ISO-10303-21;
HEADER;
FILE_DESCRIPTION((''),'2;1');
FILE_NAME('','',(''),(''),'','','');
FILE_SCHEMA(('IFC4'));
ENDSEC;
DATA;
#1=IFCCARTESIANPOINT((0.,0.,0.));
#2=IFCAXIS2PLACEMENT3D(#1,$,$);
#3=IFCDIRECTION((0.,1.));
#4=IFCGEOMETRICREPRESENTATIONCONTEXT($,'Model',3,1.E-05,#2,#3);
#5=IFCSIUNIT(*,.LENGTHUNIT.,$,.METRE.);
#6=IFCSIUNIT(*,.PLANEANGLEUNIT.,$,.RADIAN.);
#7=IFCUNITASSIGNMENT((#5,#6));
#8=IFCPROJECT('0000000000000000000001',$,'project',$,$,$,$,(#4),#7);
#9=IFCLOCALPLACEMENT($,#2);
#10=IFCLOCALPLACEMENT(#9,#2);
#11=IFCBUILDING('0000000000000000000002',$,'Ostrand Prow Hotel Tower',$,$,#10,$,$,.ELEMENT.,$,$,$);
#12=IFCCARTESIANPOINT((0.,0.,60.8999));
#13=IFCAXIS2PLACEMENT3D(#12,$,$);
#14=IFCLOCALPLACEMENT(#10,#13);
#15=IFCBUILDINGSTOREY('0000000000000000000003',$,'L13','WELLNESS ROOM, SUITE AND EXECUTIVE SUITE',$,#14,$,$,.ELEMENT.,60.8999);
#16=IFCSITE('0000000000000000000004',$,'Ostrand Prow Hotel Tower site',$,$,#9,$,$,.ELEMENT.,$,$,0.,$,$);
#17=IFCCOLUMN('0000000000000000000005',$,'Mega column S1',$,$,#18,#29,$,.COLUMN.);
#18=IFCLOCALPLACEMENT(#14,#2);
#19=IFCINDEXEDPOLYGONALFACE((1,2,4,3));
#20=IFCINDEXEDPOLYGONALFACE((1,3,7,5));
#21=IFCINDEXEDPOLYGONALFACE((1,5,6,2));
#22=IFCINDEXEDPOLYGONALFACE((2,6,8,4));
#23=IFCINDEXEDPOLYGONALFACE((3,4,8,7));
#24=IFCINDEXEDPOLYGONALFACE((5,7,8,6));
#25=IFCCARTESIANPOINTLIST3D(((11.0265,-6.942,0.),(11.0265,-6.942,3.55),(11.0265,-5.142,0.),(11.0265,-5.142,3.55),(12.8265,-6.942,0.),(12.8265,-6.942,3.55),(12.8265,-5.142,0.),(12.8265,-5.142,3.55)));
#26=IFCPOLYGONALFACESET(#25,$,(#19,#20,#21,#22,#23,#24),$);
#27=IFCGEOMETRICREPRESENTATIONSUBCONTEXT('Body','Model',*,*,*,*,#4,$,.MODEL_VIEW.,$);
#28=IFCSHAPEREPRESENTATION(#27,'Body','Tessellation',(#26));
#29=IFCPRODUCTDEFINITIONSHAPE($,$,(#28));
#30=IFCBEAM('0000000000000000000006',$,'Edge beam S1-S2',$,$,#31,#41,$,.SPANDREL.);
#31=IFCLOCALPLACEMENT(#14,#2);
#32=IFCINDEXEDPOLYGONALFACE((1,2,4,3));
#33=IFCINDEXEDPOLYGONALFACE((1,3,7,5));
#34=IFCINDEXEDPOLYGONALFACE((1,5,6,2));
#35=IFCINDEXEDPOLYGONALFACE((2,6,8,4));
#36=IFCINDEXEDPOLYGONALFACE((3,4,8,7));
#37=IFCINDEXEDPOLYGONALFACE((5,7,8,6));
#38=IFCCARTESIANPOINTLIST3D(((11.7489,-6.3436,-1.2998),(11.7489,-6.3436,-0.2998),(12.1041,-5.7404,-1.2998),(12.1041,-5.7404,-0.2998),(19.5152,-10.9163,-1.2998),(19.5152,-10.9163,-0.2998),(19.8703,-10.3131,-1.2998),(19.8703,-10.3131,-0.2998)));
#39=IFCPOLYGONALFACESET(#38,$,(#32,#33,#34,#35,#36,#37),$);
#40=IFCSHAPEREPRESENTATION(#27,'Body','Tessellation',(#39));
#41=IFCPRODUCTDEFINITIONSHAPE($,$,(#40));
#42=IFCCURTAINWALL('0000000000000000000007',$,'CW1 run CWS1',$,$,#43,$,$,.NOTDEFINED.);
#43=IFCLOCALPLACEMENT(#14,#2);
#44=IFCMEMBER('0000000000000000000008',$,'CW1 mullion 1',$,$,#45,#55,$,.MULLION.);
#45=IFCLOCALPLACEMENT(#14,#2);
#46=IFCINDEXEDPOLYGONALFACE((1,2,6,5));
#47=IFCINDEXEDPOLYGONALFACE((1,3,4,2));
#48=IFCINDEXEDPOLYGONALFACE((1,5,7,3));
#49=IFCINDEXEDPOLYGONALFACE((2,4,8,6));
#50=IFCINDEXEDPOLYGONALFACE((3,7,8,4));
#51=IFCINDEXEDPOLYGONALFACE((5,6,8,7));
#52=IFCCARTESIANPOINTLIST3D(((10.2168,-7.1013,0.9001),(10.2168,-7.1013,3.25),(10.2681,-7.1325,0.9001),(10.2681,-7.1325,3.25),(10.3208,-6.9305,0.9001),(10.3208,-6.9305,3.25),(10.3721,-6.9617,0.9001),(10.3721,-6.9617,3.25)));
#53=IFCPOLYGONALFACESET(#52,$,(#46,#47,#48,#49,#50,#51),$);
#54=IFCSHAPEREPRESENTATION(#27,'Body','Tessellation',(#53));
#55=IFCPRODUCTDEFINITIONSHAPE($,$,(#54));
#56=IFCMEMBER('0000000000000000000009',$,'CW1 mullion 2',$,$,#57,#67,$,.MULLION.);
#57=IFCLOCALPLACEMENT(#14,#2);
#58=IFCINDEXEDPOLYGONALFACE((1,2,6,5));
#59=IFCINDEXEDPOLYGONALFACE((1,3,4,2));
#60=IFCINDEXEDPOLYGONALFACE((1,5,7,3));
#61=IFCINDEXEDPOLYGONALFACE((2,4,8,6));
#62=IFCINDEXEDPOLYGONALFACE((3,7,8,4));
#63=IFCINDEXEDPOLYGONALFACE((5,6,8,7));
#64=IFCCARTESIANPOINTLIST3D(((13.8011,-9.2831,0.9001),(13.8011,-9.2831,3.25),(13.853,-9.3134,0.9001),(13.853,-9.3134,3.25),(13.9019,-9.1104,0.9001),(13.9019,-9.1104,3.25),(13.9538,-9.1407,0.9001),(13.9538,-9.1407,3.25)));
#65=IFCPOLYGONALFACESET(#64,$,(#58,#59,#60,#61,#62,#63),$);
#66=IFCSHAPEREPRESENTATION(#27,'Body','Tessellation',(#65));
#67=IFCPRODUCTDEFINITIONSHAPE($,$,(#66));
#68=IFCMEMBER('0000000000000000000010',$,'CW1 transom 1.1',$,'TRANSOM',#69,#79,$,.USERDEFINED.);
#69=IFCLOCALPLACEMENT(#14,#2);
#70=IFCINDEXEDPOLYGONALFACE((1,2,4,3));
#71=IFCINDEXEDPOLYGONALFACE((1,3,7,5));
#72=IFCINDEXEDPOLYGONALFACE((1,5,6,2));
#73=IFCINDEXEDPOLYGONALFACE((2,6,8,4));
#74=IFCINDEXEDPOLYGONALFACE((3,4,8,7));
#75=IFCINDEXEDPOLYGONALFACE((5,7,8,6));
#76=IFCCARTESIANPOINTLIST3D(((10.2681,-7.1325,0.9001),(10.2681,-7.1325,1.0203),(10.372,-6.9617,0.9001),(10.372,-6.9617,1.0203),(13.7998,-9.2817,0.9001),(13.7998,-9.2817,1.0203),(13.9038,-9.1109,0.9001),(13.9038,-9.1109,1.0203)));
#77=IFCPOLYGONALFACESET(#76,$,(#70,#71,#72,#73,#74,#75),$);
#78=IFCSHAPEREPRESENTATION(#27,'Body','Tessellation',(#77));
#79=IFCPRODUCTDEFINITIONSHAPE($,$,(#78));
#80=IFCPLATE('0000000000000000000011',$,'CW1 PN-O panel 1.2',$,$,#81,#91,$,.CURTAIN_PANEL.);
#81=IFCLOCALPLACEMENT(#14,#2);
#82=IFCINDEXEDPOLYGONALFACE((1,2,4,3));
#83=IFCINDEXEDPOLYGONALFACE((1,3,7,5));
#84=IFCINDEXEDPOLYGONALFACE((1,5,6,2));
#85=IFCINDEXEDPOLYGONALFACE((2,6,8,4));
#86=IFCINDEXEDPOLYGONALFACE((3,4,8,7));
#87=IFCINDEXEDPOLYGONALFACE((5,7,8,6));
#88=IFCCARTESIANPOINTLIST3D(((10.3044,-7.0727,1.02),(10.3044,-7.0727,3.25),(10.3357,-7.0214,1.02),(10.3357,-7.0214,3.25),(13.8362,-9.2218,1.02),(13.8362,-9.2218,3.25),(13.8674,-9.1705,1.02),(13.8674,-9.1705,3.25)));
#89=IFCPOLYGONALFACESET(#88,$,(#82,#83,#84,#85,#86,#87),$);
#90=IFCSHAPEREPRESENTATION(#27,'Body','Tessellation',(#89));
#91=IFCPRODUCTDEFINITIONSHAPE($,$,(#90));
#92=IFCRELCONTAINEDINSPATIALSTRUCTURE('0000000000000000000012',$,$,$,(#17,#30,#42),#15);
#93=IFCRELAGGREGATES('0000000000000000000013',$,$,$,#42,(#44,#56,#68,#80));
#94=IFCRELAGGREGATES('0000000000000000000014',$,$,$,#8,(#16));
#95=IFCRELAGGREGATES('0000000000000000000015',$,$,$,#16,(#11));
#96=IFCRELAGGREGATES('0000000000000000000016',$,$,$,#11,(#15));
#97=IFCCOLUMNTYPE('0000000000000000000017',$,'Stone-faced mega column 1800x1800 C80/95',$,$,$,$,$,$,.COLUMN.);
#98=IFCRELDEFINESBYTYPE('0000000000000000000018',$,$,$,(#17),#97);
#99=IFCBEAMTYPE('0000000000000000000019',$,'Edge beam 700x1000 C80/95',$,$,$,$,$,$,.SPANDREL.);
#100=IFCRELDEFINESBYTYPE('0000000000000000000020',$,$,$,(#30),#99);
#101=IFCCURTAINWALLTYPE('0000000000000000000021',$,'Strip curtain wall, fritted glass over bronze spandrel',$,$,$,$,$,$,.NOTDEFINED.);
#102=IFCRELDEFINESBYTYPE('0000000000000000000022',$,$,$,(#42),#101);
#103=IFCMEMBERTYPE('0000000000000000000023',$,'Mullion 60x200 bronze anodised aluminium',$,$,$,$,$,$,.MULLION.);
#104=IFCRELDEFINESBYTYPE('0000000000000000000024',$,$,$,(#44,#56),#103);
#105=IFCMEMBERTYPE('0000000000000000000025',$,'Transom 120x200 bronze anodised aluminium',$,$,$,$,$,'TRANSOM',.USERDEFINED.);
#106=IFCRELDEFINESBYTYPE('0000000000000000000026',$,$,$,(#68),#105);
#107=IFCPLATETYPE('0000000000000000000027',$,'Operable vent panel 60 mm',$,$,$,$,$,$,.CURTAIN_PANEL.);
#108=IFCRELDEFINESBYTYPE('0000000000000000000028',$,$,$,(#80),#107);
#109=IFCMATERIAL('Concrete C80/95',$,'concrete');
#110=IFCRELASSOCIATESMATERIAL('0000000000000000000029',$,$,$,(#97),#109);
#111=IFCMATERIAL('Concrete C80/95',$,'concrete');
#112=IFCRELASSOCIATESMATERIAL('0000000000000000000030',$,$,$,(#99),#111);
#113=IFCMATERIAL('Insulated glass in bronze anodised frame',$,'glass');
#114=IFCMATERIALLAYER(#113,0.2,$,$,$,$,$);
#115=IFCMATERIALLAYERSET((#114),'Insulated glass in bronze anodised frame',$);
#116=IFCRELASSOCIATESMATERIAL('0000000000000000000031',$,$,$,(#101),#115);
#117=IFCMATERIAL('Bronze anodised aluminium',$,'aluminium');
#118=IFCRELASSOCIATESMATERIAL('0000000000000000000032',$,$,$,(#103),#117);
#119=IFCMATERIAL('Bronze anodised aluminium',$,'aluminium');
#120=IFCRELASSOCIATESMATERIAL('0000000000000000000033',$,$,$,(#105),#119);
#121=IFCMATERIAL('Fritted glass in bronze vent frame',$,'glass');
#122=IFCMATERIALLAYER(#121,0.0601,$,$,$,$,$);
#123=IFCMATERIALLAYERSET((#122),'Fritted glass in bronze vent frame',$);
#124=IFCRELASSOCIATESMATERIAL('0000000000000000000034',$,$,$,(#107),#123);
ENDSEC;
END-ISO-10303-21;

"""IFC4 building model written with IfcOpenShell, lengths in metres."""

from ifc_helpers import new_model, si_unit, direction, frame, origin, origin_2d, place, context, subcontext, project, spatial, rectangle, extrude, material, layer, layer_set, material_profile, profile_set, type_object, element, aggregate, save


model = new_model("IFC4")

# Units and contexts
model_context = context("Model", 3, precision=1e-05, world=origin(), true_north=direction((0.0, 1.0)))
body_context = subcontext(model_context, "Body", "Model", "MODEL_VIEW")
ifc_project = project(units=[si_unit("LENGTHUNIT", "METRE"), si_unit("PLANEANGLEUNIT", "RADIAN")], contexts=[model_context])

# Site, building, storey
site_placement = place(None, origin())
site = spatial("IfcSite", under=ifc_project, at=site_placement, Name="Ostrand Prow Hotel Tower site", CompositionType="ELEMENT", RefElevation=0.0)
building_placement = place(site_placement, origin())
building = spatial("IfcBuilding", under=site, at=building_placement, Name="Ostrand Prow Hotel Tower", CompositionType="ELEMENT")
storey_placement = place(building_placement, frame((0.0, 0.0, 60.8999)))
storey = spatial("IfcBuildingStorey", under=building, at=storey_placement, Name="L13", Description="WELLNESS ROOM, SUITE AND EXECUTIVE SUITE", CompositionType="ELEMENT", Elevation=60.8999)

# Column
ifc_material_1 = material(Name="Concrete C80/95", Category="concrete")
ifc_material_profile_1 = material_profile(ifc_material_1, rectangle(XDim=1.8, YDim=1.8, at=origin_2d()), Name="RC 1800x1800")
ifc_profile_set_1 = profile_set([ifc_material_profile_1], Name="Concrete C80/95")
column_type = type_object("IfcColumnType", Name="Stone-faced mega column 1800x1800 C80/95", PredefinedType="COLUMN", material=ifc_profile_set_1)
column_placement = place(storey_placement, frame((11.9265, -6.042, 0.0), z_axis=(0.0, 0.0, 1.0), x_axis=(1.0, 0.0, 0.0)))
element("IfcColumn", 1, at=column_placement, inside=storey, type_object=column_type, Name="Mega column S1", PredefinedType="COLUMN", context=body_context, shape_type="SweptSolid", body=[
    extrude(rectangle(XDim=1.8, YDim=1.8, at=origin_2d()), origin(), (0.0, 0.0, 1.0), 3.55),
])

# Beam
ifc_material_2 = material(Name="Concrete C80/95", Category="concrete")
ifc_material_profile_2 = material_profile(ifc_material_2, rectangle(XDim=0.7, YDim=1.0, at=origin_2d()), Name="RC 700x1000")
ifc_profile_set_2 = profile_set([ifc_material_profile_2], Name="Concrete C80/95")
beam_type = type_object("IfcBeamType", Name="Edge beam 700x1000 C80/95", PredefinedType="SPANDREL", material=ifc_profile_set_2)
beam_placement = place(storey_placement, frame((11.9265, -6.042, -0.7998), z_axis=(0.861725, -0.507375, 0.0), x_axis=(0.507375, 0.861725, 0.0)))
element("IfcBeam", 2, at=beam_placement, inside=storey, type_object=beam_type, Name="Edge beam S1-S2", PredefinedType="SPANDREL", context=body_context, shape_type="SweptSolid", body=[
    extrude(rectangle(XDim=0.7, YDim=1.0, at=origin_2d()), origin(), (0.0, 0.0, 1.0), 9.0125),
])

# Curtain wall, members, plate
ifc_material_3 = material(Name="Insulated glass in bronze anodised frame", Category="glass")
ifc_layer_1 = layer(ifc_material_3, 0.2)
ifc_layer_set_1 = layer_set([ifc_layer_1], Name="Insulated glass in bronze anodised frame")
curtain_wall_type = type_object("IfcCurtainWallType", Name="Strip curtain wall, fritted glass over bronze spandrel", PredefinedType="NOTDEFINED", material=ifc_layer_set_1)
curtain_wall_placement = place(storey_placement, origin())
curtain_wall = element("IfcCurtainWall", 3, at=curtain_wall_placement, inside=storey, type_object=curtain_wall_type, Name="CW1 run CWS1", PredefinedType="NOTDEFINED")
ifc_material_4 = material(Name="Bronze anodised aluminium", Category="aluminium")
ifc_material_profile_3 = material_profile(ifc_material_4, rectangle(XDim=0.2, YDim=0.0601, at=origin_2d()), Name="Mullion 60x200 bronze anodised aluminium")
ifc_profile_set_3 = profile_set([ifc_material_profile_3], Name="Bronze anodised aluminium")
member_type_1 = type_object("IfcMemberType", Name="Mullion 60x200 bronze anodised aluminium", PredefinedType="MULLION", material=ifc_profile_set_3)
member_1_placement = place(storey_placement, frame((10.2944, -7.0315, 0.9001), z_axis=(0.0, 0.0, 1.0), x_axis=(0.519831, 0.854269, 0.0)))
member_1 = element("IfcMember", 4, at=member_1_placement, type_object=member_type_1, Name="CW1 mullion 1", PredefinedType="MULLION", context=body_context, shape_type="SweptSolid", body=[
    extrude(rectangle(XDim=0.2, YDim=0.0601, at=origin_2d()), origin(), (0.0, 0.0, 1.0), 2.3499),
])
member_2_placement = place(storey_placement, frame((13.8774, -9.2119, 0.9001), z_axis=(0.0, 0.0, 1.0), x_axis=(0.504023, 0.86369, 0.0)))
member_2 = element("IfcMember", 5, at=member_2_placement, type_object=member_type_1, Name="CW1 mullion 2", PredefinedType="MULLION", context=body_context, shape_type="SweptSolid", body=[
    extrude(rectangle(XDim=0.2, YDim=0.0601, at=origin_2d()), origin(), (0.0, 0.0, 1.0), 2.3499),
])
ifc_material_5 = material(Name="Bronze anodised aluminium", Category="aluminium")
ifc_material_profile_4 = material_profile(ifc_material_5, rectangle(XDim=0.2, YDim=0.1201, at=origin_2d()), Name="Transom 120x200 bronze anodised aluminium")
ifc_profile_set_4 = profile_set([ifc_material_profile_4], Name="Bronze anodised aluminium")
member_type_2 = type_object("IfcMemberType", Name="Transom 120x200 bronze anodised aluminium", ElementType="TRANSOM", PredefinedType="USERDEFINED", material=ifc_profile_set_4)
member_3_placement = place(storey_placement, frame((10.3201, -7.0471, 0.9602), z_axis=(0.854261, -0.519844, 0.0), x_axis=(0.519844, 0.854261, 0.0)))
member_3 = element("IfcMember", 6, at=member_3_placement, type_object=member_type_2, Name="CW1 transom 1.1", ObjectType="TRANSOM", PredefinedType="USERDEFINED", context=body_context, shape_type="SweptSolid", body=[
    extrude(rectangle(XDim=0.2, YDim=0.1201, at=origin_2d()), origin(), (0.0, 0.0, 1.0), 4.1343),
])
ifc_material_6 = material(Name="Fritted glass in bronze vent frame", Category="glass")
ifc_layer_2 = layer(ifc_material_6, 0.0601)
ifc_layer_set_2 = layer_set([ifc_layer_2], Name="Fritted glass in bronze vent frame")
plate_type = type_object("IfcPlateType", Name="Operable vent panel 60 mm", PredefinedType="CURTAIN_PANEL", material=ifc_layer_set_2)
plate_placement = place(storey_placement, frame((12.0859, -8.1216, 1.02), z_axis=(0.0, 0.0, 1.0), x_axis=(0.854269, -0.519831, 0.0)))
plate = element("IfcPlate", 7, at=plate_placement, type_object=plate_type, Name="CW1 PN-O panel 1.2", PredefinedType="CURTAIN_PANEL", context=body_context, shape_type="SweptSolid", body=[
    extrude(rectangle(XDim=4.1343, YDim=0.0601, at=origin_2d()), origin(), (0.0, 0.0, 1.0), 2.23),
])
aggregate(curtain_wall, [member_1, member_2, member_3, plate])

save(model, "model.ifc")
